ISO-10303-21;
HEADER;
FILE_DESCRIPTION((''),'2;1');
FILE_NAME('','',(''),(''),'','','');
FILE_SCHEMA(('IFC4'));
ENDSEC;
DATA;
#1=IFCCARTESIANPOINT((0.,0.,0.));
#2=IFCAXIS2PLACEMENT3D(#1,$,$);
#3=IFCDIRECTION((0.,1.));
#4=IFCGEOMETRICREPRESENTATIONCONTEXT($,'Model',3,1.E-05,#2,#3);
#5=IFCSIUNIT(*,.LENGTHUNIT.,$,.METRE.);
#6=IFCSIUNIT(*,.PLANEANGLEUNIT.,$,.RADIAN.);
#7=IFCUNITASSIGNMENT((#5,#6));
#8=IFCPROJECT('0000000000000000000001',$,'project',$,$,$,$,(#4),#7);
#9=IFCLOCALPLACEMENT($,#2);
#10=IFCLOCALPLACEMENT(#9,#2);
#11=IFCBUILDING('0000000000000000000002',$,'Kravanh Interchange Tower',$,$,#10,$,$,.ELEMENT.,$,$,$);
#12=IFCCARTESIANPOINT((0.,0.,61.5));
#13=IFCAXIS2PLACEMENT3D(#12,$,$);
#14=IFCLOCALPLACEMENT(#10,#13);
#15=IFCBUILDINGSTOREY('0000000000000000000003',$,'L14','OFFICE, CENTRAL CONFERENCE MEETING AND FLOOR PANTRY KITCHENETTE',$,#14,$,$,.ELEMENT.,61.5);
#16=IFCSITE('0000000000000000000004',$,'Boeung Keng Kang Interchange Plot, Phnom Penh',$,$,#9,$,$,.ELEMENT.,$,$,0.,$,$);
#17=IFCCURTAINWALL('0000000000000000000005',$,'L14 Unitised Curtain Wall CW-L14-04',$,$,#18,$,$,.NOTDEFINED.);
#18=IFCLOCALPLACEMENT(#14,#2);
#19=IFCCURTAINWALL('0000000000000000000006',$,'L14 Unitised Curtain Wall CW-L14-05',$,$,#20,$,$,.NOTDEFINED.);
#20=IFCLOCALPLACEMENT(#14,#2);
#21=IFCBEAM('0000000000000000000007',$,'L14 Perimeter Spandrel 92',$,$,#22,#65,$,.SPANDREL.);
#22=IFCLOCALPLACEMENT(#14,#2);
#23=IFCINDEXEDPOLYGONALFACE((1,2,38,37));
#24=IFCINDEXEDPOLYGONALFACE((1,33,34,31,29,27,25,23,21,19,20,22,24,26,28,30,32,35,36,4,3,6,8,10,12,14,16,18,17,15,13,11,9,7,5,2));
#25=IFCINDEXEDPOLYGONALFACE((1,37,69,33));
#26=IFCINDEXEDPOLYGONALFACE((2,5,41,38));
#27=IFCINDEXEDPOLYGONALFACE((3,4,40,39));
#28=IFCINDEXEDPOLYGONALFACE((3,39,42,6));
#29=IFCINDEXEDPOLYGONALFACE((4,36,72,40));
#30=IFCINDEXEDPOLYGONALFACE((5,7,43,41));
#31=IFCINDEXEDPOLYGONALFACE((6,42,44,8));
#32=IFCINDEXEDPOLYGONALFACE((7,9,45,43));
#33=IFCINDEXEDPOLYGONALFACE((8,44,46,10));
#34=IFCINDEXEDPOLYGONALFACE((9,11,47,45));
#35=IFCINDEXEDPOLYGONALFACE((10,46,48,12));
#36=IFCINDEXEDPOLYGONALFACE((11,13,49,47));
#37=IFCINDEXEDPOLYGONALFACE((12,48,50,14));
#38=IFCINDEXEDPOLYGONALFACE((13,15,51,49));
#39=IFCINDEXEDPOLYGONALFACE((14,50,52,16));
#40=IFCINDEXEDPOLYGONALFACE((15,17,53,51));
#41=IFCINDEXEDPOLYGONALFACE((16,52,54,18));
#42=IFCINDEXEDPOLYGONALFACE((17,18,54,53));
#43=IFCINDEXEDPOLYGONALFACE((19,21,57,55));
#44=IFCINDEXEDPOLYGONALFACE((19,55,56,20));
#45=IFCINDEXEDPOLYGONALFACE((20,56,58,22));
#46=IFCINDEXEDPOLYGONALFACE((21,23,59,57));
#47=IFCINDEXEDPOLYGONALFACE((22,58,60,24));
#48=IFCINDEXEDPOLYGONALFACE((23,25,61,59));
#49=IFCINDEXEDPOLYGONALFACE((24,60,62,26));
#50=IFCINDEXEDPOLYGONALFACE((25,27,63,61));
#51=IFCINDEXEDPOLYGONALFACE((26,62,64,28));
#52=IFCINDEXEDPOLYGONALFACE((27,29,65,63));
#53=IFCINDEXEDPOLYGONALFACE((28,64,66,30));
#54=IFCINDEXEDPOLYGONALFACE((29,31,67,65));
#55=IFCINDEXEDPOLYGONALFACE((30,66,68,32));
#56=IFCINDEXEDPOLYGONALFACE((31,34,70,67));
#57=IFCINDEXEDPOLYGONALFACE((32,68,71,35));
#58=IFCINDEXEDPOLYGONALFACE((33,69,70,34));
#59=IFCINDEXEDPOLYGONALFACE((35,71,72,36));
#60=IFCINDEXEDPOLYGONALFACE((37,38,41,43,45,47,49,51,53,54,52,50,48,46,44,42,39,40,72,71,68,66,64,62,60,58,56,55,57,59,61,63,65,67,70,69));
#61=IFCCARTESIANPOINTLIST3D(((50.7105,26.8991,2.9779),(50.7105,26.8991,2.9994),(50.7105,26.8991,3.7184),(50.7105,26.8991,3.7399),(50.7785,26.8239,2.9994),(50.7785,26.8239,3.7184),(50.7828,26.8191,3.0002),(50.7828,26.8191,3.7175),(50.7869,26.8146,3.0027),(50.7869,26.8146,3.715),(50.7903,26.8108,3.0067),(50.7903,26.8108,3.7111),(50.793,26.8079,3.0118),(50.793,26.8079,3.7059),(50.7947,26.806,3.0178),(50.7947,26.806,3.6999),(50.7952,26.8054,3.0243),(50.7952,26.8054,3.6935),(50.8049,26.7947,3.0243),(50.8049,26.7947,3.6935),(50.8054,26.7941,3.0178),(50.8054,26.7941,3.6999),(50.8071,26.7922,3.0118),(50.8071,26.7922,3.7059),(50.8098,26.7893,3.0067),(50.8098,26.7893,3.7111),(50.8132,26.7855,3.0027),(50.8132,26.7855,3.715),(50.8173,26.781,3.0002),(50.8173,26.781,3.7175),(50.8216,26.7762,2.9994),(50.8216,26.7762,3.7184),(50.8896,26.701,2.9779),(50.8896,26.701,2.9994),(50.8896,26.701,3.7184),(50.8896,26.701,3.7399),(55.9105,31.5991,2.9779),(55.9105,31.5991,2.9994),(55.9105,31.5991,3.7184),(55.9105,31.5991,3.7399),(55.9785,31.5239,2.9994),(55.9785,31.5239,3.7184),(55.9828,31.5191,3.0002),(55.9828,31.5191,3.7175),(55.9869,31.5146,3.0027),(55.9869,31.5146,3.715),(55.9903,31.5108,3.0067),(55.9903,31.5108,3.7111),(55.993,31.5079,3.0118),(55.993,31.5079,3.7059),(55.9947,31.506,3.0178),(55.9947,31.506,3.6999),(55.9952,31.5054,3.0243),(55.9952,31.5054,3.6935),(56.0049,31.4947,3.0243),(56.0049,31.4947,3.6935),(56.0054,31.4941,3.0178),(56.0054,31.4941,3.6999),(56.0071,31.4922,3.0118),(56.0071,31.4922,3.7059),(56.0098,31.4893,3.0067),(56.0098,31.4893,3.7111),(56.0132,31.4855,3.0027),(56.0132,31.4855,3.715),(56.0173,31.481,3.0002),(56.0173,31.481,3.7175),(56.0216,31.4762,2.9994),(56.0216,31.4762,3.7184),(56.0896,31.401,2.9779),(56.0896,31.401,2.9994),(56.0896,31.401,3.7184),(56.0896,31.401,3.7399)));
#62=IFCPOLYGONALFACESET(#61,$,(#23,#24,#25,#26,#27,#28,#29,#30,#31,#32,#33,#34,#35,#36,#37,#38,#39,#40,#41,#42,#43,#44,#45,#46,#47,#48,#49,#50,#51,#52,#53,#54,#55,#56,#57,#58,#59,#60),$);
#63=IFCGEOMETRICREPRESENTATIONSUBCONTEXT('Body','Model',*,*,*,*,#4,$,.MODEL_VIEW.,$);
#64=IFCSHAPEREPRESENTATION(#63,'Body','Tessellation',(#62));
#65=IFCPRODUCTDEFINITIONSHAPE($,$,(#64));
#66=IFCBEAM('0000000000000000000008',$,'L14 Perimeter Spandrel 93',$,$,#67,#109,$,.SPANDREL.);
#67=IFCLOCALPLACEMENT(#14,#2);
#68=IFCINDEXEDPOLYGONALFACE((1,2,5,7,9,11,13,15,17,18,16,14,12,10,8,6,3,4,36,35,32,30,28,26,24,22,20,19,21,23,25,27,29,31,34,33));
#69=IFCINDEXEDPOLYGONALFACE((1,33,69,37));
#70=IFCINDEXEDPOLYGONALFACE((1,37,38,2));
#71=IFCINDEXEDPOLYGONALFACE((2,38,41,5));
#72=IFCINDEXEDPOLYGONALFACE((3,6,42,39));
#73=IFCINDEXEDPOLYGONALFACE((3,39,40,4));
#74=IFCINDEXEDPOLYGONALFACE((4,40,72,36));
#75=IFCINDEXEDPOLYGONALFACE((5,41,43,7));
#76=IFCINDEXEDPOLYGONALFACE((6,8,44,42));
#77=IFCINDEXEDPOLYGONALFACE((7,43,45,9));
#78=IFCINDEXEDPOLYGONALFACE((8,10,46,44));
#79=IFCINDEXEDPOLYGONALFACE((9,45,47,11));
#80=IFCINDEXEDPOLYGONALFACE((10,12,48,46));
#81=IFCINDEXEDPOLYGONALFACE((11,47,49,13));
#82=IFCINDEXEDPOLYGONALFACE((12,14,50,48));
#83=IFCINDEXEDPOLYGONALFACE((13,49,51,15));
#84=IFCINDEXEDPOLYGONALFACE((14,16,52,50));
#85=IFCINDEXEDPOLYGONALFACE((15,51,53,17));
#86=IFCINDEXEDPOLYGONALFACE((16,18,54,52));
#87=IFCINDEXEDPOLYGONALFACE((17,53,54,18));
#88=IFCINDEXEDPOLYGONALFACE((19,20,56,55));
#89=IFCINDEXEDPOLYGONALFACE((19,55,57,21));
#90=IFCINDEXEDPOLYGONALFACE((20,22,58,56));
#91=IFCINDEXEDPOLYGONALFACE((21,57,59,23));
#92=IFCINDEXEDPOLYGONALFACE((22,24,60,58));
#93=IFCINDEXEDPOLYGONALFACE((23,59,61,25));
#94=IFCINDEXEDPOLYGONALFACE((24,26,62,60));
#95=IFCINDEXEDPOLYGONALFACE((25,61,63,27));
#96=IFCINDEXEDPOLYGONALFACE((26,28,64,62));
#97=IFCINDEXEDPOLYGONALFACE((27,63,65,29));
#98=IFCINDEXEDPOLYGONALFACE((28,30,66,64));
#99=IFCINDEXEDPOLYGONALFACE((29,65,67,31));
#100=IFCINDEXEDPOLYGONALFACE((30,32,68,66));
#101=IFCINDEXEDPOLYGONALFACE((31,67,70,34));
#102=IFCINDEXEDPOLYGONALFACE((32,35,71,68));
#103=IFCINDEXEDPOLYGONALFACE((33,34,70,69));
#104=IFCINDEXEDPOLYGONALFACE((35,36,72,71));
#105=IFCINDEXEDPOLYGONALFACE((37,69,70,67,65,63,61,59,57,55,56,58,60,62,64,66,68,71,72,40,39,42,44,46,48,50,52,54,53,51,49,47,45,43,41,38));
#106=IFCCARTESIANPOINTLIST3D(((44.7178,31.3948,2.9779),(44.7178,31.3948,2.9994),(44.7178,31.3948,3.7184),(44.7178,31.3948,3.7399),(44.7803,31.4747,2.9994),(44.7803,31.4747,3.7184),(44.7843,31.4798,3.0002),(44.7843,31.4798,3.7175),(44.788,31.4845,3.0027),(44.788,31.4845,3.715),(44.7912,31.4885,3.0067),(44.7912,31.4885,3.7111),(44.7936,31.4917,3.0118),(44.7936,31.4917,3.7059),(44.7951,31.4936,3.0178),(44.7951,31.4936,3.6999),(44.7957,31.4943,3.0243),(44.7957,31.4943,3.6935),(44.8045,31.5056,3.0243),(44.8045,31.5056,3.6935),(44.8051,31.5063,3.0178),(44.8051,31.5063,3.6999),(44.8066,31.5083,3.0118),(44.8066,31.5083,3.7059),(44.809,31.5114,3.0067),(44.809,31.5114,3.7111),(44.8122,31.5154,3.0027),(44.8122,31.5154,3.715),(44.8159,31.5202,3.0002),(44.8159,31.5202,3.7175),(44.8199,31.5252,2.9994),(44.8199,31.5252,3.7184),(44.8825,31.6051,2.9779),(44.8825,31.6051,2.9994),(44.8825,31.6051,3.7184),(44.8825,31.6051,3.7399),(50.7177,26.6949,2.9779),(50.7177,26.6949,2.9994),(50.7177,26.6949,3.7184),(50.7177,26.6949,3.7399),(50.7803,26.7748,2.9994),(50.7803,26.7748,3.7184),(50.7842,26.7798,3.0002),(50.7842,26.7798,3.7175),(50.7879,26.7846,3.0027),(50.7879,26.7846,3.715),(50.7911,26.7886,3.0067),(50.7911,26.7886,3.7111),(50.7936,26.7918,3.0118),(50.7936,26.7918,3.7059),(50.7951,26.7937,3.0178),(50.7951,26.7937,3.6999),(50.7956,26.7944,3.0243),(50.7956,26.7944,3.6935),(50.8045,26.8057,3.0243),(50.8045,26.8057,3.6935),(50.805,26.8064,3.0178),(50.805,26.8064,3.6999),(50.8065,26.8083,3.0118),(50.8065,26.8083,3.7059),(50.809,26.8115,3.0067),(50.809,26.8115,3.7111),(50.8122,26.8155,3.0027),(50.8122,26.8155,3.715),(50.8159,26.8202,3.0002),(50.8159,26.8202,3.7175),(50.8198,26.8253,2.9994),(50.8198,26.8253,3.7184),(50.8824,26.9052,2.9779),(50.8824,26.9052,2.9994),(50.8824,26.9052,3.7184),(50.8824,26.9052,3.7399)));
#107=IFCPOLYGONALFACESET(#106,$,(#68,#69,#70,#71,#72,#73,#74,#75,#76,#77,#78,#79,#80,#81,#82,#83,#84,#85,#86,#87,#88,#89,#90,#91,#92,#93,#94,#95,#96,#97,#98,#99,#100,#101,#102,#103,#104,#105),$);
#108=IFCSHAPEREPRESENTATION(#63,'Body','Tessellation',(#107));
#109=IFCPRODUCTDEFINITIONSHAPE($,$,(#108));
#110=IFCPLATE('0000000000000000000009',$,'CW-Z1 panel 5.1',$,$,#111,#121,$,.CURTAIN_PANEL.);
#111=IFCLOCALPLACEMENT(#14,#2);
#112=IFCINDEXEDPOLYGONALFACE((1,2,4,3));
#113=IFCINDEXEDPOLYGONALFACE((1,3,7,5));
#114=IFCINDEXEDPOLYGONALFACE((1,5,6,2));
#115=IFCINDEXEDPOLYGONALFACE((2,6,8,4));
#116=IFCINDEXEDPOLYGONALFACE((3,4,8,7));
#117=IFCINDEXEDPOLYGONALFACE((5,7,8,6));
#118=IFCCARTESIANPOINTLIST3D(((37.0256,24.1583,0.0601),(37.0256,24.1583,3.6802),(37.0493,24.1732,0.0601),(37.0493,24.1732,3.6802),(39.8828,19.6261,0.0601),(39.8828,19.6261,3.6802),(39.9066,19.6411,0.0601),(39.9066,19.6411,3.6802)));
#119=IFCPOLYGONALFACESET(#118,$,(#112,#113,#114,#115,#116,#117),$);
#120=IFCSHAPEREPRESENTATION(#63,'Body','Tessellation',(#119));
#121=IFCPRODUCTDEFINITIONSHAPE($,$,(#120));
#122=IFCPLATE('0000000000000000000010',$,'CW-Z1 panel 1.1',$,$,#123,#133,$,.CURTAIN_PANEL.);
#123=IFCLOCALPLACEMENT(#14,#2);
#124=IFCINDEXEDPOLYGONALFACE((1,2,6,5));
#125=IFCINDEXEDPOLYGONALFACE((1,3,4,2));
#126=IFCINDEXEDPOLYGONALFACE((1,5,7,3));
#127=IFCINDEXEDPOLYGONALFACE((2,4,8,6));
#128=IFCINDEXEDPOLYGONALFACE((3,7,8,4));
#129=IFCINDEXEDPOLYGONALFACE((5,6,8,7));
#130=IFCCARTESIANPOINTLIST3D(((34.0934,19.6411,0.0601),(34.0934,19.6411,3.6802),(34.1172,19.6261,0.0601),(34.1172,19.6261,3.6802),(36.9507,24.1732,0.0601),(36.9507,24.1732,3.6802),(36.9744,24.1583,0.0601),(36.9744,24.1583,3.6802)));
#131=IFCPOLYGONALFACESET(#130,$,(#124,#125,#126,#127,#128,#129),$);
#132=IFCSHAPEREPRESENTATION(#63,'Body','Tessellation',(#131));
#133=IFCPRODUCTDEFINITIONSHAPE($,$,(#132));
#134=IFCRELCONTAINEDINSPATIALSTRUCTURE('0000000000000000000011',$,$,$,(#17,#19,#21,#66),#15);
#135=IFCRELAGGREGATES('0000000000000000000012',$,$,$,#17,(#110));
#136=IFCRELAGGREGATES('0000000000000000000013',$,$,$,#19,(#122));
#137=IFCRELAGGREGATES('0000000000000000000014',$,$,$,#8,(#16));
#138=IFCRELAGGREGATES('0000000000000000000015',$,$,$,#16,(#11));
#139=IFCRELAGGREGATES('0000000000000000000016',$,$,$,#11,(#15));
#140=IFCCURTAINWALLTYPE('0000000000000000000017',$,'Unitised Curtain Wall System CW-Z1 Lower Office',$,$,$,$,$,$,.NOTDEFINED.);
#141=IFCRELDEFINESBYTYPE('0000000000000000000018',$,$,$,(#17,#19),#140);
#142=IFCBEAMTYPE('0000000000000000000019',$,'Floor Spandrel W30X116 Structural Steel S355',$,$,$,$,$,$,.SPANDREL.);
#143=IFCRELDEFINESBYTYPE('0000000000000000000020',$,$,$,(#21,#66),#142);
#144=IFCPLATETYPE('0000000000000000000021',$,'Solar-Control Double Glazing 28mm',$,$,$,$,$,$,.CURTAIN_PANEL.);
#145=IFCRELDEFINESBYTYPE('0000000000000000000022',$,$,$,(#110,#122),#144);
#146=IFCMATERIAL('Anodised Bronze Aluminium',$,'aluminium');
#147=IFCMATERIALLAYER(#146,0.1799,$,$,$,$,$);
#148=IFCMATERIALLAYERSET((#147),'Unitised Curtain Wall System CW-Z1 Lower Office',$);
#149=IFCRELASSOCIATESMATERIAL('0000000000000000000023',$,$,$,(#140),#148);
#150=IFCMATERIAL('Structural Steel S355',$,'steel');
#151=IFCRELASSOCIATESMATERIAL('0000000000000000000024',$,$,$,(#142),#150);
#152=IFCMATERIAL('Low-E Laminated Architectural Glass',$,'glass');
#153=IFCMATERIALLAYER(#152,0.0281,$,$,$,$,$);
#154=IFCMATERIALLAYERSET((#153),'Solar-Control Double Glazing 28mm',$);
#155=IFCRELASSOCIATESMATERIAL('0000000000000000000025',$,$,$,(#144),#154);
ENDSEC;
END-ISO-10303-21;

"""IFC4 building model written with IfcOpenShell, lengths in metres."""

from ifc_helpers import new_model, si_unit, direction, frame, origin, origin_2d, place, context, subcontext, project, spatial, rectangle, i_section, extrude, material, layer, layer_set, material_profile, profile_set, type_object, element, aggregate, save


model = new_model("IFC4")

# Units and contexts
model_context = context("Model", 3, precision=1e-05, world=origin(), true_north=direction((0.0, 1.0)))
body_context = subcontext(model_context, "Body", "Model", "MODEL_VIEW")
ifc_project = project(units=[si_unit("LENGTHUNIT", "METRE"), si_unit("PLANEANGLEUNIT", "RADIAN")], contexts=[model_context])

# Site, building, storey
site_placement = place(None, origin())
site = spatial("IfcSite", under=ifc_project, at=site_placement, Name="Boeung Keng Kang Interchange Plot, Phnom Penh", CompositionType="ELEMENT", RefElevation=0.0)
building_placement = place(site_placement, origin())
building = spatial("IfcBuilding", under=site, at=building_placement, Name="Kravanh Interchange Tower", CompositionType="ELEMENT")
storey_placement = place(building_placement, frame((0.0, 0.0, 61.5)))
storey = spatial("IfcBuildingStorey", under=building, at=storey_placement, Name="L14", Description="OFFICE, CENTRAL CONFERENCE MEETING AND FLOOR PANTRY KITCHENETTE", CompositionType="ELEMENT", Elevation=61.5)

# Curtain walls
ifc_material_1 = material(Name="Anodised Bronze Aluminium", Category="aluminium")
ifc_layer_1 = layer(ifc_material_1, 0.1799)
ifc_layer_set_1 = layer_set([ifc_layer_1], Name="Unitised Curtain Wall System CW-Z1 Lower Office")
curtain_wall_type = type_object("IfcCurtainWallType", Name="Unitised Curtain Wall System CW-Z1 Lower Office", PredefinedType="NOTDEFINED", material=ifc_layer_set_1)
curtain_wall_1_placement = place(storey_placement, origin())
curtain_wall_1 = element("IfcCurtainWall", 1, at=curtain_wall_1_placement, inside=storey, type_object=curtain_wall_type, Name="L14 Unitised Curtain Wall CW-L14-04", PredefinedType="NOTDEFINED")
curtain_wall_2_placement = place(storey_placement, origin())
curtain_wall_2 = element("IfcCurtainWall", 2, at=curtain_wall_2_placement, inside=storey, type_object=curtain_wall_type, Name="L14 Unitised Curtain Wall CW-L14-05", PredefinedType="NOTDEFINED")

# Beams
ifc_material_2 = material(Name="Structural Steel S355", Category="steel")
ifc_material_profile_1 = material_profile(ifc_material_2, i_section(OverallWidth=0.2671, OverallDepth=0.762, WebThickness=0.0144, FlangeThickness=0.0215, FilletRadius=0.0249, at=origin_2d()), Name="W30X116")
ifc_profile_set_1 = profile_set([ifc_material_profile_1], Name="Structural Steel S355")
beam_type_1 = type_object("IfcBeamType", Name="Floor Spandrel W30X116 Structural Steel S355", PredefinedType="SPANDREL", material=ifc_profile_set_1)
beam_1_placement = place(storey_placement, frame((50.8, 26.8, 3.3589), z_axis=(0.741874, 0.670539, 0.0), x_axis=(-0.670539, 0.741874, 0.0)))
element("IfcBeam", 3, at=beam_1_placement, inside=storey, type_object=beam_type_1, Name="L14 Perimeter Spandrel 92", PredefinedType="SPANDREL", context=body_context, shape_type="SweptSolid", body=[
    extrude(i_section(OverallWidth=0.2671, OverallDepth=0.762, WebThickness=0.0144, FlangeThickness=0.0215, FilletRadius=0.0249, at=origin_2d()), origin(), (0.0, 0.0, 1.0), 7.0093),
])
beam_2_placement = place(storey_placement, frame((50.8, 26.8, 3.3589), z_axis=(-0.787231, 0.616658, 0.0), x_axis=(-0.616658, -0.787231, 0.0)))
element("IfcBeam", 4, at=beam_2_placement, inside=storey, type_object=beam_type_1, Name="L14 Perimeter Spandrel 93", PredefinedType="SPANDREL", context=body_context, shape_type="SweptSolid", body=[
    extrude(i_section(OverallWidth=0.2671, OverallDepth=0.762, WebThickness=0.0144, FlangeThickness=0.0215, FilletRadius=0.0249, at=origin_2d()), origin(), (0.0, 0.0, 1.0), 7.6216),
])

# Plates
ifc_material_3 = material(Name="Low-E Laminated Architectural Glass", Category="glass")
ifc_layer_2 = layer(ifc_material_3, 0.0281)
ifc_layer_set_2 = layer_set([ifc_layer_2], Name="Solar-Control Double Glazing 28mm")
plate_type = type_object("IfcPlateType", Name="Solar-Control Double Glazing 28mm", PredefinedType="CURTAIN_PANEL", material=ifc_layer_set_2)
plate_1_placement = place(storey_placement, frame((38.4661, 21.8997, 0.0601), z_axis=(0.0, 0.0, 1.0), x_axis=(-0.533301, 0.845926, 0.0)))
plate_1 = element("IfcPlate", 5, at=plate_1_placement, type_object=plate_type, Name="CW-Z1 panel 5.1", PredefinedType="CURTAIN_PANEL", context=body_context, shape_type="SweptSolid", body=[
    extrude(rectangle(XDim=5.3577, YDim=0.0281, at=origin_2d()), origin(), (0.0, 0.0, 1.0), 3.6201),
])
aggregate(curtain_wall_1, [plate_1])
plate_2_placement = place(storey_placement, frame((35.5339, 21.8997, 0.0601), z_axis=(0.0, 0.0, 1.0), x_axis=(-0.533301, -0.845926, 0.0)))
plate_2 = element("IfcPlate", 6, at=plate_2_placement, type_object=plate_type, Name="CW-Z1 panel 1.1", PredefinedType="CURTAIN_PANEL", context=body_context, shape_type="SweptSolid", body=[
    extrude(rectangle(XDim=5.3577, YDim=0.0281, at=origin_2d()), origin(), (0.0, 0.0, 1.0), 3.6201),
])
aggregate(curtain_wall_2, [plate_2])

save(model, "model.ifc")
